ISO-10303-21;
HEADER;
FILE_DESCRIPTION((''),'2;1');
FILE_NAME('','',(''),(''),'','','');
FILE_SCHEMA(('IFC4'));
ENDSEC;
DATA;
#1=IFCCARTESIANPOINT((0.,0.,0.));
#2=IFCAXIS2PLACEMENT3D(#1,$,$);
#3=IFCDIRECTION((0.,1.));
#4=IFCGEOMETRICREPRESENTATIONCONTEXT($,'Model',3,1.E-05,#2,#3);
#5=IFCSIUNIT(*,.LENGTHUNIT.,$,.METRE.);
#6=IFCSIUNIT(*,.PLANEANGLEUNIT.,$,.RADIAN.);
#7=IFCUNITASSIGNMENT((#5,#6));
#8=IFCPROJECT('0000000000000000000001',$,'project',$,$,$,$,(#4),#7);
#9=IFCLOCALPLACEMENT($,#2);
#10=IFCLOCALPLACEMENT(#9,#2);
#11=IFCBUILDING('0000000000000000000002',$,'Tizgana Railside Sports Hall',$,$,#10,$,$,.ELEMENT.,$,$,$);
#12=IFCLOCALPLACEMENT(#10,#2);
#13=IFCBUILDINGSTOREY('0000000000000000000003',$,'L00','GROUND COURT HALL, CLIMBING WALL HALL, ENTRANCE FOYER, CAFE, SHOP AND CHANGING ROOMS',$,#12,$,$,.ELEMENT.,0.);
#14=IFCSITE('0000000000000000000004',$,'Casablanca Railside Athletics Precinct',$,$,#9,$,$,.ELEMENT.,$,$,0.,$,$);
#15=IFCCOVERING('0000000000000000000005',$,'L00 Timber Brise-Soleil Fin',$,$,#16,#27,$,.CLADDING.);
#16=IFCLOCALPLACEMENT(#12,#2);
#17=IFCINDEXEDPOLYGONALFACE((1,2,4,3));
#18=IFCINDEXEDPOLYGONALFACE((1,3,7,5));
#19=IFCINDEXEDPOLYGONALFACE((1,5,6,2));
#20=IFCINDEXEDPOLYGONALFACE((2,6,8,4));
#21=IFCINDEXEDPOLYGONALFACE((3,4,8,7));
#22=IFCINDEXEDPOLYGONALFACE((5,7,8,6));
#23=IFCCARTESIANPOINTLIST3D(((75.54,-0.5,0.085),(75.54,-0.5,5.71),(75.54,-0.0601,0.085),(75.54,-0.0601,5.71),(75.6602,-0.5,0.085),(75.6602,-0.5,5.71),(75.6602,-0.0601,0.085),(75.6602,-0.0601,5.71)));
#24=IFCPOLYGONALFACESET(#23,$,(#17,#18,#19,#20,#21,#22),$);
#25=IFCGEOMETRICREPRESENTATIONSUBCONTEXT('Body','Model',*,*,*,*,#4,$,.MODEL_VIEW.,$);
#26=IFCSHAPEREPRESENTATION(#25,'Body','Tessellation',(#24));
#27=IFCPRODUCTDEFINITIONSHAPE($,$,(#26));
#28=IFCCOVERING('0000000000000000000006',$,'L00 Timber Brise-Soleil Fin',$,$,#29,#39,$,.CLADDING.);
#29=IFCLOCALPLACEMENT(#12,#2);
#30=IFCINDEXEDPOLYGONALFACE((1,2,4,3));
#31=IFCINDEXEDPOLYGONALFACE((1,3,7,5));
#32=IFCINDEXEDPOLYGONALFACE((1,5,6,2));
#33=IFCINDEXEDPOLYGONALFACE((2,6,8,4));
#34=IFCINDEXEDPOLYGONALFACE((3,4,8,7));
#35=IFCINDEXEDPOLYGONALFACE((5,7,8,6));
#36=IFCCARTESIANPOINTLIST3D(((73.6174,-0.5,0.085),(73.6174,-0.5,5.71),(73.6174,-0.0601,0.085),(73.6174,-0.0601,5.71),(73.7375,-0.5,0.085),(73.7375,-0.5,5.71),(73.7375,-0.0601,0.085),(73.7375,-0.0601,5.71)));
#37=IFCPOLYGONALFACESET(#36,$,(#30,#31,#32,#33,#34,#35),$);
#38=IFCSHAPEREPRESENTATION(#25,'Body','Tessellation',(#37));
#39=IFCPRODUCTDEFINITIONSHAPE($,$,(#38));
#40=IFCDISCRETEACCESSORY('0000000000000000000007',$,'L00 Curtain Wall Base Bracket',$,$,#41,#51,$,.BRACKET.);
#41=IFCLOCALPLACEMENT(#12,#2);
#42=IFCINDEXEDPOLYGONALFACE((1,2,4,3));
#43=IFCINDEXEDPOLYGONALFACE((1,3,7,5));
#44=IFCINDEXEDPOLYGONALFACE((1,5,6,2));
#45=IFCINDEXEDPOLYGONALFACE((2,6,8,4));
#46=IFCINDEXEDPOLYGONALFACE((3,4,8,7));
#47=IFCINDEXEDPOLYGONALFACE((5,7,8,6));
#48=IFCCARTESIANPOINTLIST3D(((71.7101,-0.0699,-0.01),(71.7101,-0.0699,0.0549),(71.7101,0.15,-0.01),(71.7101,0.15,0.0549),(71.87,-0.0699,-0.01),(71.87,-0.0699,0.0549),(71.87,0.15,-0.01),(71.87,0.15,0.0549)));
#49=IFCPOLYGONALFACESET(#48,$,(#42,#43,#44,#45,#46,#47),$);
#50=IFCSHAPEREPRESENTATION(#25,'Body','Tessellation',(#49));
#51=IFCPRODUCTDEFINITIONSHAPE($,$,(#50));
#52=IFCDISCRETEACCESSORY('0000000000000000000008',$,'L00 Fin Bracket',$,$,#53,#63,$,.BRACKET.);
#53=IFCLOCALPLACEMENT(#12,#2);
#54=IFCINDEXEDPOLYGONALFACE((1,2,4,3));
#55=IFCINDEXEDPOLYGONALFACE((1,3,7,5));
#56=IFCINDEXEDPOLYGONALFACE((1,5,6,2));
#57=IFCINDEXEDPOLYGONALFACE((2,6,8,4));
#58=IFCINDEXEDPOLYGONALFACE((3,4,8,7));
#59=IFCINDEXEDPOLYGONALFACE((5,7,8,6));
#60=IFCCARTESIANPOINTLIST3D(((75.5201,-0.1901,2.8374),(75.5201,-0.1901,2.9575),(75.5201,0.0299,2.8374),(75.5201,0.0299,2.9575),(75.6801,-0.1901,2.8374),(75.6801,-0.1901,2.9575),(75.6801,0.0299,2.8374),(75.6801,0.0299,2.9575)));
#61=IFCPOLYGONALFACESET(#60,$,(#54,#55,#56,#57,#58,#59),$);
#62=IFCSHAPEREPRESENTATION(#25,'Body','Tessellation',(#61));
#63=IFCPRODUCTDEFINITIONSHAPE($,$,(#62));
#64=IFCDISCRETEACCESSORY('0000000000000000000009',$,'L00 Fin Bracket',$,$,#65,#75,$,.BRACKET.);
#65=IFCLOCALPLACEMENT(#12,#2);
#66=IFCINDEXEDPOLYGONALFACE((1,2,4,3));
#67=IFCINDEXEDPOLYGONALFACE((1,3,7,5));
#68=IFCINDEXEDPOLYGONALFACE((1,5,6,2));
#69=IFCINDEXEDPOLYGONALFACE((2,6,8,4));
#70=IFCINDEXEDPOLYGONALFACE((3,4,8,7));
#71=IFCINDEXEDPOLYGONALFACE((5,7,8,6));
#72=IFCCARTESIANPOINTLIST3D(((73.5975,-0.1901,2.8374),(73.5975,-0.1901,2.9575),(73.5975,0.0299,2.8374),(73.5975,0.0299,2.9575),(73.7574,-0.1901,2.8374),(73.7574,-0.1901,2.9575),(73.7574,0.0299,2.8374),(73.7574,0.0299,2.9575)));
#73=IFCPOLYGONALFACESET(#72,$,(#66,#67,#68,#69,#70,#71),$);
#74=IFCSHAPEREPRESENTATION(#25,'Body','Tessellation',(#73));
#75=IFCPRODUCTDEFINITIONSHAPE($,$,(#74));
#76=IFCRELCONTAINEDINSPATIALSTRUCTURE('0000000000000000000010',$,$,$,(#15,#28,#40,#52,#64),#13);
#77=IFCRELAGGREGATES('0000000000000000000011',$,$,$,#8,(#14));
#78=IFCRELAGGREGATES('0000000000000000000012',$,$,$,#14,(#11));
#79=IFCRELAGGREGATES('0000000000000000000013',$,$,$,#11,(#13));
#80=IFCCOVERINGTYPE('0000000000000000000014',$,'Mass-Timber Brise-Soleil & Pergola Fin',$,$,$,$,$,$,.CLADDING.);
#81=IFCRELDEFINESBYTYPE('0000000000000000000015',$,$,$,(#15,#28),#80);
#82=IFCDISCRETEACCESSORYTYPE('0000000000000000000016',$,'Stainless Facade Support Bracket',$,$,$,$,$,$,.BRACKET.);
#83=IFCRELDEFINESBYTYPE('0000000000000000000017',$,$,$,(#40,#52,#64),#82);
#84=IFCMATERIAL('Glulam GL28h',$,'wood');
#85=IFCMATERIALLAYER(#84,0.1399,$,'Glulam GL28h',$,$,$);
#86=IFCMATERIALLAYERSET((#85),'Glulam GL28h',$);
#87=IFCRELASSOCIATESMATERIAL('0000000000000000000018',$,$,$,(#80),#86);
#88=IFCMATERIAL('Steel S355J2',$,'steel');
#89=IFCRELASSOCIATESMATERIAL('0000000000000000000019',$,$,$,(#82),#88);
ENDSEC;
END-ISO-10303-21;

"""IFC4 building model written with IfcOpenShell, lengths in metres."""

from ifc_helpers import new_model, si_unit, direction, frame, origin, origin_2d, place, context, subcontext, project, spatial, rectangle, extrude, material, layer, layer_set, type_object, element, save


model = new_model("IFC4")

# Units and contexts
model_context = context("Model", 3, precision=1e-05, world=origin(), true_north=direction((0.0, 1.0)))
body_context = subcontext(model_context, "Body", "Model", "MODEL_VIEW")
ifc_project = project(units=[si_unit("LENGTHUNIT", "METRE"), si_unit("PLANEANGLEUNIT", "RADIAN")], contexts=[model_context])

# Site, building, storey
site_placement = place(None, origin())
site = spatial("IfcSite", under=ifc_project, at=site_placement, Name="Casablanca Railside Athletics Precinct", CompositionType="ELEMENT", RefElevation=0.0)
building_placement = place(site_placement, origin())
building = spatial("IfcBuilding", under=site, at=building_placement, Name="Tizgana Railside Sports Hall", CompositionType="ELEMENT")
storey_placement = place(building_placement, origin())
storey = spatial("IfcBuildingStorey", under=building, at=storey_placement, Name="L00", Description="GROUND COURT HALL, CLIMBING WALL HALL, ENTRANCE FOYER, CAFE, SHOP AND CHANGING ROOMS", CompositionType="ELEMENT", Elevation=0.0)

# Shared definitions
ifc_material_1 = material(Name="Steel S355J2", Category="steel")

# Coverings
ifc_material_2 = material(Name="Glulam GL28h", Category="wood")
ifc_layer_1 = layer(ifc_material_2, 0.1399, Name="Glulam GL28h")
ifc_layer_set_1 = layer_set([ifc_layer_1], Name="Glulam GL28h")
covering_type = type_object("IfcCoveringType", Name="Mass-Timber Brise-Soleil & Pergola Fin", PredefinedType="CLADDING", material=ifc_layer_set_1)
for number, where, z_axis, x_axis, name in (
    (1, (75.6001, -0.28, 0.085), (0.0, 0.0, 1.0), (-1.0, 0.0, 0.0), "L00 Timber Brise-Soleil Fin"),
    (2, (73.6775, -0.28, 0.085), (0.0, 0.0, 1.0), (-1.0, 0.0, 0.0), "L00 Timber Brise-Soleil Fin"),
):
    element("IfcCovering", number, at=place(storey_placement, frame(where, z_axis=z_axis, x_axis=x_axis)), inside=storey, type_object=covering_type, Name=name, PredefinedType="CLADDING", context=body_context, shape_type="SweptSolid", body=[
        extrude(rectangle(XDim=0.1201, YDim=0.4399, at=origin_2d()), origin(), (0.0, 0.0, 1.0), 5.625),
    ])

# Discrete accessories
discrete_accessory_type = type_object("IfcDiscreteAccessoryType", Name="Stainless Facade Support Bracket", PredefinedType="BRACKET", material=ifc_material_1)
discrete_accessory_placement = place(storey_placement, frame((71.79, 0.04, -0.01), z_axis=(0.0, 0.0, 1.0), x_axis=(-1.0, 0.0, 0.0)))
element("IfcDiscreteAccessory", 3, at=discrete_accessory_placement, inside=storey, type_object=discrete_accessory_type, Name="L00 Curtain Wall Base Bracket", PredefinedType="BRACKET", context=body_context, shape_type="SweptSolid", body=[
    extrude(rectangle(XDim=0.1599, YDim=0.22, at=origin_2d()), origin(), (0.0, 0.0, 1.0), 0.0649),
])
for number, where, z_axis, x_axis, name in (
    (4, (75.6001, -0.0801, 2.8374), (0.0, 0.0, 1.0), (-1.0, 0.0, 0.0), "L00 Fin Bracket"),
    (5, (73.6775, -0.0801, 2.8374), (0.0, 0.0, 1.0), (-1.0, 0.0, 0.0), "L00 Fin Bracket"),
):
    element("IfcDiscreteAccessory", number, at=place(storey_placement, frame(where, z_axis=z_axis, x_axis=x_axis)), inside=storey, type_object=discrete_accessory_type, Name=name, PredefinedType="BRACKET", context=body_context, shape_type="SweptSolid", body=[
        extrude(rectangle(XDim=0.1599, YDim=0.22, at=origin_2d()), origin(), (0.0, 0.0, 1.0), 0.1201),
    ])

save(model, "model.ifc")
